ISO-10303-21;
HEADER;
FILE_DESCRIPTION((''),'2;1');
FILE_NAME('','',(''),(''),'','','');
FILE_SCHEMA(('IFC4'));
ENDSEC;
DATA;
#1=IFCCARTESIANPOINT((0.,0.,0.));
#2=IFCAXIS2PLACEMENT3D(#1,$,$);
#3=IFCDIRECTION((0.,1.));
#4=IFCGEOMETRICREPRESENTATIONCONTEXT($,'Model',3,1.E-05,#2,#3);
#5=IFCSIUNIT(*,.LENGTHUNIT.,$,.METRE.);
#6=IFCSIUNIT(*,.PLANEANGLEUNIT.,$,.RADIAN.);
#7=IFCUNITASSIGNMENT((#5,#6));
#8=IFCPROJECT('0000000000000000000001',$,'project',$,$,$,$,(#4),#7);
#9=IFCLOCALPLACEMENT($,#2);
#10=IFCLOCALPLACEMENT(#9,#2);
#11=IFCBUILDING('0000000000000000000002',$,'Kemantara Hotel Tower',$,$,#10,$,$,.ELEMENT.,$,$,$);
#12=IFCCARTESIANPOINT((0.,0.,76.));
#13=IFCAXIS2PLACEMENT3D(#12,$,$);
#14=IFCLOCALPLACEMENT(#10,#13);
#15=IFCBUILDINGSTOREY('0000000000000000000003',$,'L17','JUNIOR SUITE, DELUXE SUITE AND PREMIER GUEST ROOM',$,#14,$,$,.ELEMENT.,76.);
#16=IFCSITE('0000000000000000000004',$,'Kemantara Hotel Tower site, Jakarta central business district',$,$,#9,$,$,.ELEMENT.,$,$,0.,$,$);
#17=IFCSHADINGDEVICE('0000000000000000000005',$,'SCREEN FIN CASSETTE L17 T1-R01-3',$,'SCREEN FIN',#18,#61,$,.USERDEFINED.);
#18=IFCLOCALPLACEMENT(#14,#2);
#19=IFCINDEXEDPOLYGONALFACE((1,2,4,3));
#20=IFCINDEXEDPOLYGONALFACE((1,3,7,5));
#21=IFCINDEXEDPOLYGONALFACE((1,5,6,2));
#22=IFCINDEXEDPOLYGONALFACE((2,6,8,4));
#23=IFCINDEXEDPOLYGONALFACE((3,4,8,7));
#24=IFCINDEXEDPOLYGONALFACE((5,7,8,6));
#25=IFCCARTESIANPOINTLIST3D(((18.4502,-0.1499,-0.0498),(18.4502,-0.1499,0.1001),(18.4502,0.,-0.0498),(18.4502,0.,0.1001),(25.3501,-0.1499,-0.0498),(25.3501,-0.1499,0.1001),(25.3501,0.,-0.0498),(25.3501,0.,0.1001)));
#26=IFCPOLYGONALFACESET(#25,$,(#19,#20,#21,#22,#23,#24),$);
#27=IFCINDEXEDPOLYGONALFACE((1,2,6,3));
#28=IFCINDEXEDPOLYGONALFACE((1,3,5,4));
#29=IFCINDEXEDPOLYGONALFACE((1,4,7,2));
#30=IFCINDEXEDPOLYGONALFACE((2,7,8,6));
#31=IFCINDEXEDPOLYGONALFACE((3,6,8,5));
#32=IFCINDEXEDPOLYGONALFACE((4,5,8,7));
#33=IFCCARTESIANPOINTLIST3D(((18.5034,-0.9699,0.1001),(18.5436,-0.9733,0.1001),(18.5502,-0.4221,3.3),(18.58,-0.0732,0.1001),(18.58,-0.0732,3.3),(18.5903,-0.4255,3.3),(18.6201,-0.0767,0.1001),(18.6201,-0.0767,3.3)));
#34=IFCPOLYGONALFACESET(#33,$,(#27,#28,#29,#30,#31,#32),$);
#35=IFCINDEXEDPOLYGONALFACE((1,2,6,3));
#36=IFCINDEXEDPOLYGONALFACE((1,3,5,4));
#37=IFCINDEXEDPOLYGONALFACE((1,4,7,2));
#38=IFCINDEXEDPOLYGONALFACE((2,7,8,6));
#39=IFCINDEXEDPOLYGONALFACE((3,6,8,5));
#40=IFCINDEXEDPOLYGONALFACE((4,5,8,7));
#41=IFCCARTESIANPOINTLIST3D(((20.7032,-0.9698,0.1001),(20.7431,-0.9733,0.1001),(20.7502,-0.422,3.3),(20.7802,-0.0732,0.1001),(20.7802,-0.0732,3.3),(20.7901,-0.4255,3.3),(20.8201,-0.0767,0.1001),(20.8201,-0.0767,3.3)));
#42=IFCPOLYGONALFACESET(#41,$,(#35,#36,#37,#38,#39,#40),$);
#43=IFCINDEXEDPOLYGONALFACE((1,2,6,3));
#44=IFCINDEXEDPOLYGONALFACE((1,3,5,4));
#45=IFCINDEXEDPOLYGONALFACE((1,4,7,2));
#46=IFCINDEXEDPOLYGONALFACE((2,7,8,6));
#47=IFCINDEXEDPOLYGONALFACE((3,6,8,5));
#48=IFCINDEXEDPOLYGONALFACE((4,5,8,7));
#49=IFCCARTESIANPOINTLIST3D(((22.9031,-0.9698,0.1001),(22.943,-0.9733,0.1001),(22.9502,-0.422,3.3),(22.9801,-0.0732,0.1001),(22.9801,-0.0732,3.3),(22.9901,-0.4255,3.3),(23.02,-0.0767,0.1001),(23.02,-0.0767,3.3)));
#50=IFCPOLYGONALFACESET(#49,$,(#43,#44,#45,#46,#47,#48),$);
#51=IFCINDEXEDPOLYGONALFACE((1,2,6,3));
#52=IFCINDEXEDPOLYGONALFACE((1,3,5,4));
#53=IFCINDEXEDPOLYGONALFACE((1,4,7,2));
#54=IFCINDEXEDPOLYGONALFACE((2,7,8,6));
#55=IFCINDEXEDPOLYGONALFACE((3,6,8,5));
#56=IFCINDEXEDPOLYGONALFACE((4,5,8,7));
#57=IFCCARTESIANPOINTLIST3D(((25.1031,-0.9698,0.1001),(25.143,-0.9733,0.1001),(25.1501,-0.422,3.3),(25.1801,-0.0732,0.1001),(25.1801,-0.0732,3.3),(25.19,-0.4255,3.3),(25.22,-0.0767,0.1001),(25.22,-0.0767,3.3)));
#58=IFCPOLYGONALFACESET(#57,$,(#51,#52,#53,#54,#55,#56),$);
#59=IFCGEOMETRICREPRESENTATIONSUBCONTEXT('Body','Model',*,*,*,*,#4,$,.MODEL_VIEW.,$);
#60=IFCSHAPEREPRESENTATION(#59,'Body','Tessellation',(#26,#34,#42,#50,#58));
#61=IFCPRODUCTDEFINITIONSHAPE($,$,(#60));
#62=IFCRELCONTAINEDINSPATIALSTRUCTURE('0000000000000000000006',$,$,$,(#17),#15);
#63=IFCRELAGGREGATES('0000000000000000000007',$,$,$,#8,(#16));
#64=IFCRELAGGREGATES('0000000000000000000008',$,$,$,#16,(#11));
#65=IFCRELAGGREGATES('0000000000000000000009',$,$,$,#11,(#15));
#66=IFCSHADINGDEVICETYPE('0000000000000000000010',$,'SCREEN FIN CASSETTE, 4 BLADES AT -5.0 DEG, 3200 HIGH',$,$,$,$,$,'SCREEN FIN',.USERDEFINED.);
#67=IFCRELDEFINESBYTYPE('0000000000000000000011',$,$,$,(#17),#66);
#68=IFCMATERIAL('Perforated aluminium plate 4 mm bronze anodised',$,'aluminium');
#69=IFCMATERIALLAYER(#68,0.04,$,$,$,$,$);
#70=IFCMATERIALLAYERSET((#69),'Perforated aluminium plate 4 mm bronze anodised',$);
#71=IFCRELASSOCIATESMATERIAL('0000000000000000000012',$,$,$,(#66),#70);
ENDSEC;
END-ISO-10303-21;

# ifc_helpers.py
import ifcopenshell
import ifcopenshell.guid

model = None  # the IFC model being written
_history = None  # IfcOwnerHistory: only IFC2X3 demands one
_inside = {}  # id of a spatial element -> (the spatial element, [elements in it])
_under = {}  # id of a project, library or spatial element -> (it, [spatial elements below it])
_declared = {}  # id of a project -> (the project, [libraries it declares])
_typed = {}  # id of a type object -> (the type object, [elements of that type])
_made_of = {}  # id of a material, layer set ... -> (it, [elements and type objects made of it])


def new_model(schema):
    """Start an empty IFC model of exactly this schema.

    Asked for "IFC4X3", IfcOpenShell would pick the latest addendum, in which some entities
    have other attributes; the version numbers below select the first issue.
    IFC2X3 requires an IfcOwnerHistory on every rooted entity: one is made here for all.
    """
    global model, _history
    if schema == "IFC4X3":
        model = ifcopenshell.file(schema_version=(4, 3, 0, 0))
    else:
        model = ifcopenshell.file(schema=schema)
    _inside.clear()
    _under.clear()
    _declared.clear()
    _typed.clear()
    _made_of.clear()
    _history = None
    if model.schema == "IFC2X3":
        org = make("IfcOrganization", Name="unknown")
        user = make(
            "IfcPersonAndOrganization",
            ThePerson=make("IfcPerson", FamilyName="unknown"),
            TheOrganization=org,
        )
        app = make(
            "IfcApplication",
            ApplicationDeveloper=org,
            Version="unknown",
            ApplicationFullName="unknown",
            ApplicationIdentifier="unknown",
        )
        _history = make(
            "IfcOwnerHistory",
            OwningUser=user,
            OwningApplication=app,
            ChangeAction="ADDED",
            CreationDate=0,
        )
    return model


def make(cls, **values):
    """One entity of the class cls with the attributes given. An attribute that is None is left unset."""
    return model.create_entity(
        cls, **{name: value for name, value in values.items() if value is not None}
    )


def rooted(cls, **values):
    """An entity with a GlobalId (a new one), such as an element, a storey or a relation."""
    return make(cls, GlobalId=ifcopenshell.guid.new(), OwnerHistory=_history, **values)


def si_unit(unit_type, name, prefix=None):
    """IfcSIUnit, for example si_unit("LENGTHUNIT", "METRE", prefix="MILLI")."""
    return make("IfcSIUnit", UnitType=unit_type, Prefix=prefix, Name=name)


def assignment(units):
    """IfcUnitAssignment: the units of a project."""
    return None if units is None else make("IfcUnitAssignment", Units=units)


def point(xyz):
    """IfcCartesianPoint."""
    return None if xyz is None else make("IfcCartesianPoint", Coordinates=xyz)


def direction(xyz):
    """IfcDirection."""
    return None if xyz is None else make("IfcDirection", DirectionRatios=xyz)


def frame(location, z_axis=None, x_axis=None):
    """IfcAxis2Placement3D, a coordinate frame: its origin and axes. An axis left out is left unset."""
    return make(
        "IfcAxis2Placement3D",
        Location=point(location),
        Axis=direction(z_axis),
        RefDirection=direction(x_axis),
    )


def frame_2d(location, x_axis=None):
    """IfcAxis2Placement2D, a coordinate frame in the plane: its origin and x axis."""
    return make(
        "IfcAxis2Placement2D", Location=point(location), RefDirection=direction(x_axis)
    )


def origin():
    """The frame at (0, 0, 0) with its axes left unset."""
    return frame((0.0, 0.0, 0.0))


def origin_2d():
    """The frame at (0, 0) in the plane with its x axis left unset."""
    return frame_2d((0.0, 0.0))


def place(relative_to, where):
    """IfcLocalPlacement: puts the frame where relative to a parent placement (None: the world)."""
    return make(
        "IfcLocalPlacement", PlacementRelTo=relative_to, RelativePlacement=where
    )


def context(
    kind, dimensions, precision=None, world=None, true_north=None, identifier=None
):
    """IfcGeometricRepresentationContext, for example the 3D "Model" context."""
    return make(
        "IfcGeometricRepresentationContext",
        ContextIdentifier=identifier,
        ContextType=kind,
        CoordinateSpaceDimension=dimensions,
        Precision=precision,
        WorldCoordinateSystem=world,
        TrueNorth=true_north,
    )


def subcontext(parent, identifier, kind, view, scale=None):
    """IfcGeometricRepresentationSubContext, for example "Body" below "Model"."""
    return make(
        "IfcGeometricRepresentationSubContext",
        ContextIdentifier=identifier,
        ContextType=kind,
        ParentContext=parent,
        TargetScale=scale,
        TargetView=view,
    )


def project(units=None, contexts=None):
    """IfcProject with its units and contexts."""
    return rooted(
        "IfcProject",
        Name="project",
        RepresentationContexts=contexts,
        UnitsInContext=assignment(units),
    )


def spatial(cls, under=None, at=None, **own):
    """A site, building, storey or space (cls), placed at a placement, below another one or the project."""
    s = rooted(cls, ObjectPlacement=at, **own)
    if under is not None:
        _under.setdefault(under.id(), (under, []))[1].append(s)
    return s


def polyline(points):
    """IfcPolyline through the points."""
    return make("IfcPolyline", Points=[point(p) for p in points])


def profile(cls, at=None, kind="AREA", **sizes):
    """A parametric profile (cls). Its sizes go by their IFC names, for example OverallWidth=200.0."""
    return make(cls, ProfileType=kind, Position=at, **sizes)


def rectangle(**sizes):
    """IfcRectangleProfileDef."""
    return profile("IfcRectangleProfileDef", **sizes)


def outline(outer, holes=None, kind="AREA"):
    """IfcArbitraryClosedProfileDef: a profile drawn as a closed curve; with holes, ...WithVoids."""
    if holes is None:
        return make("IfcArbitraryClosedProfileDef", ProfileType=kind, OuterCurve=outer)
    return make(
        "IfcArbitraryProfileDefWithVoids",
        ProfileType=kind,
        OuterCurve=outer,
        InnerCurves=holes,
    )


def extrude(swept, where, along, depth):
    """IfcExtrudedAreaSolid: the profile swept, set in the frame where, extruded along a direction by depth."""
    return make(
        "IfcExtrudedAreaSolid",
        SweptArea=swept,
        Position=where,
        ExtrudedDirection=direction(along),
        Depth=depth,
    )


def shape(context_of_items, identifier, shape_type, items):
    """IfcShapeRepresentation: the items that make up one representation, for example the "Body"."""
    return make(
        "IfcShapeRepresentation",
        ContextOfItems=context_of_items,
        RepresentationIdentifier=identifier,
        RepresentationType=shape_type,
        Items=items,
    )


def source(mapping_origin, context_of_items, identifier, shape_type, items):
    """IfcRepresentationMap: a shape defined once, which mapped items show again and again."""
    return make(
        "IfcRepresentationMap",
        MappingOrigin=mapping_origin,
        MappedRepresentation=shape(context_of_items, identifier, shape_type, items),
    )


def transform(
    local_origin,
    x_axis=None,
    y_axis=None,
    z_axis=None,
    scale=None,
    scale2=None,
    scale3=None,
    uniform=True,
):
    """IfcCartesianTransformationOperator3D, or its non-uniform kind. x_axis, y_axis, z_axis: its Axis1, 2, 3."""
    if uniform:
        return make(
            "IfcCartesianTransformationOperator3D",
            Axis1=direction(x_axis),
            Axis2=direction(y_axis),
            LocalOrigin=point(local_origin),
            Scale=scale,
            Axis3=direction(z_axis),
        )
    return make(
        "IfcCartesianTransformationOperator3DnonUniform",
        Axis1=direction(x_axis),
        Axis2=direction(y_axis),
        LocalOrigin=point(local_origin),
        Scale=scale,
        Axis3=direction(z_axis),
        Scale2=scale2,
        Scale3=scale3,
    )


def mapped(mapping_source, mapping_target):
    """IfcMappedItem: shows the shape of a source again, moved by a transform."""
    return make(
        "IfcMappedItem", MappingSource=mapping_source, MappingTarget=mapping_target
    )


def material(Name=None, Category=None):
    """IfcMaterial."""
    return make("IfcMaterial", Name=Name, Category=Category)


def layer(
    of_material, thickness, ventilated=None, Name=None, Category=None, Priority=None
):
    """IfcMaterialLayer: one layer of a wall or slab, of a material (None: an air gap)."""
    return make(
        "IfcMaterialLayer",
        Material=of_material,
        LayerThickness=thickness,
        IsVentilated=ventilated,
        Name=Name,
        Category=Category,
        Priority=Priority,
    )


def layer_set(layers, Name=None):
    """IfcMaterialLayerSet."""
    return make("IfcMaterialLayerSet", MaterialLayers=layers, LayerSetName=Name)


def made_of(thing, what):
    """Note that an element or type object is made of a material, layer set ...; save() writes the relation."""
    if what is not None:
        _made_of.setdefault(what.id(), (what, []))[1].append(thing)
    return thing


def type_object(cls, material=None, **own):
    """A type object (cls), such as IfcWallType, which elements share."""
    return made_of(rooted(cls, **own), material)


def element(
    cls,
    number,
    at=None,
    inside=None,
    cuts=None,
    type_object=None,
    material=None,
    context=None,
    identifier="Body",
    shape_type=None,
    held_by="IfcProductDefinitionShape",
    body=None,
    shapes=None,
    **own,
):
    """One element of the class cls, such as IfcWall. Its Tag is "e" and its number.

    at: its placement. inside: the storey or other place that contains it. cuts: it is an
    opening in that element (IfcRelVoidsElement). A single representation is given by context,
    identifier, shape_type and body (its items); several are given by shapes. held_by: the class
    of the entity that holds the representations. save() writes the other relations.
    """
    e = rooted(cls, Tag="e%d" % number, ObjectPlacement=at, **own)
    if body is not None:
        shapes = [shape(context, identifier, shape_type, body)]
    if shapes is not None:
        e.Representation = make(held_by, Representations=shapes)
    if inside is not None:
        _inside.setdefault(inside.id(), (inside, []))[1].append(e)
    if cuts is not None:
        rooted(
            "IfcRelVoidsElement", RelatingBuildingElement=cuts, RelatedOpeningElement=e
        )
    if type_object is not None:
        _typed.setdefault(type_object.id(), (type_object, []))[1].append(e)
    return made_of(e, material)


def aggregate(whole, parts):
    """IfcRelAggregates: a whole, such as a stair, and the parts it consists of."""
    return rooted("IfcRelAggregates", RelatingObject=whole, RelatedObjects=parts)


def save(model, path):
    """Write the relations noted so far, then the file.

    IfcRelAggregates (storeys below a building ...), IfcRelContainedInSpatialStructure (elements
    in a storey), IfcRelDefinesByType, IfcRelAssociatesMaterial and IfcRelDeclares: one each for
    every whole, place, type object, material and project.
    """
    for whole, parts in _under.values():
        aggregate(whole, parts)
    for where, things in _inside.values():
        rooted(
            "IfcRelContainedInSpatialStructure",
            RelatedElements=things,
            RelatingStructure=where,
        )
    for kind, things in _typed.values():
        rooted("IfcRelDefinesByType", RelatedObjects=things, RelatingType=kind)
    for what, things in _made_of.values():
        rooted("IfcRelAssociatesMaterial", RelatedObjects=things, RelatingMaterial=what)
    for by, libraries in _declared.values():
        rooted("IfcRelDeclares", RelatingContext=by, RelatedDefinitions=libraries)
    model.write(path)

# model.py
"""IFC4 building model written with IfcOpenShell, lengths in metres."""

from ifc_helpers import new_model, si_unit, direction, frame, origin, origin_2d, place, context, subcontext, project, spatial, polyline, rectangle, outline, extrude, source, transform, mapped, material, layer, layer_set, type_object, element, save


model = new_model("IFC4")

# Units and contexts
model_context = context("Model", 3, precision=1e-05, world=origin(), true_north=direction((0.0, 1.0)))
body_context = subcontext(model_context, "Body", "Model", "MODEL_VIEW")
ifc_project = project(units=[si_unit("LENGTHUNIT", "METRE"), si_unit("PLANEANGLEUNIT", "RADIAN")], contexts=[model_context])

# Site, building, storey
site_placement = place(None, origin())
site = spatial("IfcSite", under=ifc_project, at=site_placement, Name="Kemantara Hotel Tower site, Jakarta central business district", CompositionType="ELEMENT", RefElevation=0.0)
building_placement = place(site_placement, origin())
building = spatial("IfcBuilding", under=site, at=building_placement, Name="Kemantara Hotel Tower", CompositionType="ELEMENT")
storey_placement = place(building_placement, frame((0.0, 0.0, 76.0)))
storey = spatial("IfcBuildingStorey", under=building, at=storey_placement, Name="L17", Description="JUNIOR SUITE, DELUXE SUITE AND PREMIER GUEST ROOM", CompositionType="ELEMENT", Elevation=76.0)

# Shading device
ifc_material_1 = material(Name="Perforated aluminium plate 4 mm bronze anodised", Category="aluminium")
ifc_layer_1 = layer(ifc_material_1, 0.04)
ifc_layer_set_1 = layer_set([ifc_layer_1], Name="Perforated aluminium plate 4 mm bronze anodised")
shading_device_type = type_object("IfcShadingDeviceType", Name="SCREEN FIN CASSETTE, 4 BLADES AT -5.0 DEG, 3200 HIGH", ElementType="SCREEN FIN", PredefinedType="USERDEFINED", material=ifc_layer_set_1)
shared_shape = source(origin(), body_context, "Body", "SweptSolid", [
    extrude(rectangle(XDim=6.8999, YDim=0.1499, at=origin_2d()), frame((3.3, -0.075, -0.1499), z_axis=(0.0, 0.0, 1.0), x_axis=(1.0, 0.0, 0.0)), (0.0, 0.0, 1.0), 0.1499),
    extrude(outline(polyline([(0.0, 0.0), (0.8999, 0.0), (0.3501, 3.2), (0.0, 3.2), (0.0, 0.0)])), frame((0.02, -0.0767, 0.0), z_axis=(-0.996376, 0.085056, 0.0), x_axis=(-0.085056, -0.996376, 0.0)), (0.0, 0.0, 1.0), 0.0403),
    extrude(outline(polyline([(0.0, 0.0), (0.8999, 0.0), (0.3501, 3.2), (0.0, 3.2), (0.0, 0.0)])), frame((2.22, -0.0767, 0.0), z_axis=(-0.996332, 0.085575, 0.0), x_axis=(-0.085575, -0.996332, 0.0)), (0.0, 0.0, 1.0), 0.04),
    extrude(outline(polyline([(0.0, 0.0), (0.8999, 0.0), (0.3501, 3.2), (0.0, 3.2), (0.0, 0.0)])), frame((4.4199, -0.0767, 0.0), z_axis=(-0.996332, 0.085575, 0.0), x_axis=(-0.085575, -0.996332, 0.0)), (0.0, 0.0, 1.0), 0.04),
    extrude(outline(polyline([(0.0, 0.0), (0.8999, 0.0), (0.3501, 3.2), (0.0, 3.2), (0.0, 0.0)])), frame((6.6199, -0.0767, 0.0), z_axis=(-0.996332, 0.085575, 0.0), x_axis=(-0.085575, -0.996332, 0.0)), (0.0, 0.0, 1.0), 0.04),
])
shading_device_placement = place(storey_placement, frame((18.6001, 0.0, 0.1001), z_axis=(0.0, 0.0, 1.0), x_axis=(1.0, 0.0, 0.0)))
element("IfcShadingDevice", 1, at=shading_device_placement, inside=storey, type_object=shading_device_type, Name="SCREEN FIN CASSETTE L17 T1-R01-3", ObjectType="SCREEN FIN", PredefinedType="USERDEFINED", context=body_context, shape_type="MappedRepresentation", body=[
    mapped(shared_shape, transform((0.0, 0.0, 0.0))),
])

save(model, "model.ifc")
